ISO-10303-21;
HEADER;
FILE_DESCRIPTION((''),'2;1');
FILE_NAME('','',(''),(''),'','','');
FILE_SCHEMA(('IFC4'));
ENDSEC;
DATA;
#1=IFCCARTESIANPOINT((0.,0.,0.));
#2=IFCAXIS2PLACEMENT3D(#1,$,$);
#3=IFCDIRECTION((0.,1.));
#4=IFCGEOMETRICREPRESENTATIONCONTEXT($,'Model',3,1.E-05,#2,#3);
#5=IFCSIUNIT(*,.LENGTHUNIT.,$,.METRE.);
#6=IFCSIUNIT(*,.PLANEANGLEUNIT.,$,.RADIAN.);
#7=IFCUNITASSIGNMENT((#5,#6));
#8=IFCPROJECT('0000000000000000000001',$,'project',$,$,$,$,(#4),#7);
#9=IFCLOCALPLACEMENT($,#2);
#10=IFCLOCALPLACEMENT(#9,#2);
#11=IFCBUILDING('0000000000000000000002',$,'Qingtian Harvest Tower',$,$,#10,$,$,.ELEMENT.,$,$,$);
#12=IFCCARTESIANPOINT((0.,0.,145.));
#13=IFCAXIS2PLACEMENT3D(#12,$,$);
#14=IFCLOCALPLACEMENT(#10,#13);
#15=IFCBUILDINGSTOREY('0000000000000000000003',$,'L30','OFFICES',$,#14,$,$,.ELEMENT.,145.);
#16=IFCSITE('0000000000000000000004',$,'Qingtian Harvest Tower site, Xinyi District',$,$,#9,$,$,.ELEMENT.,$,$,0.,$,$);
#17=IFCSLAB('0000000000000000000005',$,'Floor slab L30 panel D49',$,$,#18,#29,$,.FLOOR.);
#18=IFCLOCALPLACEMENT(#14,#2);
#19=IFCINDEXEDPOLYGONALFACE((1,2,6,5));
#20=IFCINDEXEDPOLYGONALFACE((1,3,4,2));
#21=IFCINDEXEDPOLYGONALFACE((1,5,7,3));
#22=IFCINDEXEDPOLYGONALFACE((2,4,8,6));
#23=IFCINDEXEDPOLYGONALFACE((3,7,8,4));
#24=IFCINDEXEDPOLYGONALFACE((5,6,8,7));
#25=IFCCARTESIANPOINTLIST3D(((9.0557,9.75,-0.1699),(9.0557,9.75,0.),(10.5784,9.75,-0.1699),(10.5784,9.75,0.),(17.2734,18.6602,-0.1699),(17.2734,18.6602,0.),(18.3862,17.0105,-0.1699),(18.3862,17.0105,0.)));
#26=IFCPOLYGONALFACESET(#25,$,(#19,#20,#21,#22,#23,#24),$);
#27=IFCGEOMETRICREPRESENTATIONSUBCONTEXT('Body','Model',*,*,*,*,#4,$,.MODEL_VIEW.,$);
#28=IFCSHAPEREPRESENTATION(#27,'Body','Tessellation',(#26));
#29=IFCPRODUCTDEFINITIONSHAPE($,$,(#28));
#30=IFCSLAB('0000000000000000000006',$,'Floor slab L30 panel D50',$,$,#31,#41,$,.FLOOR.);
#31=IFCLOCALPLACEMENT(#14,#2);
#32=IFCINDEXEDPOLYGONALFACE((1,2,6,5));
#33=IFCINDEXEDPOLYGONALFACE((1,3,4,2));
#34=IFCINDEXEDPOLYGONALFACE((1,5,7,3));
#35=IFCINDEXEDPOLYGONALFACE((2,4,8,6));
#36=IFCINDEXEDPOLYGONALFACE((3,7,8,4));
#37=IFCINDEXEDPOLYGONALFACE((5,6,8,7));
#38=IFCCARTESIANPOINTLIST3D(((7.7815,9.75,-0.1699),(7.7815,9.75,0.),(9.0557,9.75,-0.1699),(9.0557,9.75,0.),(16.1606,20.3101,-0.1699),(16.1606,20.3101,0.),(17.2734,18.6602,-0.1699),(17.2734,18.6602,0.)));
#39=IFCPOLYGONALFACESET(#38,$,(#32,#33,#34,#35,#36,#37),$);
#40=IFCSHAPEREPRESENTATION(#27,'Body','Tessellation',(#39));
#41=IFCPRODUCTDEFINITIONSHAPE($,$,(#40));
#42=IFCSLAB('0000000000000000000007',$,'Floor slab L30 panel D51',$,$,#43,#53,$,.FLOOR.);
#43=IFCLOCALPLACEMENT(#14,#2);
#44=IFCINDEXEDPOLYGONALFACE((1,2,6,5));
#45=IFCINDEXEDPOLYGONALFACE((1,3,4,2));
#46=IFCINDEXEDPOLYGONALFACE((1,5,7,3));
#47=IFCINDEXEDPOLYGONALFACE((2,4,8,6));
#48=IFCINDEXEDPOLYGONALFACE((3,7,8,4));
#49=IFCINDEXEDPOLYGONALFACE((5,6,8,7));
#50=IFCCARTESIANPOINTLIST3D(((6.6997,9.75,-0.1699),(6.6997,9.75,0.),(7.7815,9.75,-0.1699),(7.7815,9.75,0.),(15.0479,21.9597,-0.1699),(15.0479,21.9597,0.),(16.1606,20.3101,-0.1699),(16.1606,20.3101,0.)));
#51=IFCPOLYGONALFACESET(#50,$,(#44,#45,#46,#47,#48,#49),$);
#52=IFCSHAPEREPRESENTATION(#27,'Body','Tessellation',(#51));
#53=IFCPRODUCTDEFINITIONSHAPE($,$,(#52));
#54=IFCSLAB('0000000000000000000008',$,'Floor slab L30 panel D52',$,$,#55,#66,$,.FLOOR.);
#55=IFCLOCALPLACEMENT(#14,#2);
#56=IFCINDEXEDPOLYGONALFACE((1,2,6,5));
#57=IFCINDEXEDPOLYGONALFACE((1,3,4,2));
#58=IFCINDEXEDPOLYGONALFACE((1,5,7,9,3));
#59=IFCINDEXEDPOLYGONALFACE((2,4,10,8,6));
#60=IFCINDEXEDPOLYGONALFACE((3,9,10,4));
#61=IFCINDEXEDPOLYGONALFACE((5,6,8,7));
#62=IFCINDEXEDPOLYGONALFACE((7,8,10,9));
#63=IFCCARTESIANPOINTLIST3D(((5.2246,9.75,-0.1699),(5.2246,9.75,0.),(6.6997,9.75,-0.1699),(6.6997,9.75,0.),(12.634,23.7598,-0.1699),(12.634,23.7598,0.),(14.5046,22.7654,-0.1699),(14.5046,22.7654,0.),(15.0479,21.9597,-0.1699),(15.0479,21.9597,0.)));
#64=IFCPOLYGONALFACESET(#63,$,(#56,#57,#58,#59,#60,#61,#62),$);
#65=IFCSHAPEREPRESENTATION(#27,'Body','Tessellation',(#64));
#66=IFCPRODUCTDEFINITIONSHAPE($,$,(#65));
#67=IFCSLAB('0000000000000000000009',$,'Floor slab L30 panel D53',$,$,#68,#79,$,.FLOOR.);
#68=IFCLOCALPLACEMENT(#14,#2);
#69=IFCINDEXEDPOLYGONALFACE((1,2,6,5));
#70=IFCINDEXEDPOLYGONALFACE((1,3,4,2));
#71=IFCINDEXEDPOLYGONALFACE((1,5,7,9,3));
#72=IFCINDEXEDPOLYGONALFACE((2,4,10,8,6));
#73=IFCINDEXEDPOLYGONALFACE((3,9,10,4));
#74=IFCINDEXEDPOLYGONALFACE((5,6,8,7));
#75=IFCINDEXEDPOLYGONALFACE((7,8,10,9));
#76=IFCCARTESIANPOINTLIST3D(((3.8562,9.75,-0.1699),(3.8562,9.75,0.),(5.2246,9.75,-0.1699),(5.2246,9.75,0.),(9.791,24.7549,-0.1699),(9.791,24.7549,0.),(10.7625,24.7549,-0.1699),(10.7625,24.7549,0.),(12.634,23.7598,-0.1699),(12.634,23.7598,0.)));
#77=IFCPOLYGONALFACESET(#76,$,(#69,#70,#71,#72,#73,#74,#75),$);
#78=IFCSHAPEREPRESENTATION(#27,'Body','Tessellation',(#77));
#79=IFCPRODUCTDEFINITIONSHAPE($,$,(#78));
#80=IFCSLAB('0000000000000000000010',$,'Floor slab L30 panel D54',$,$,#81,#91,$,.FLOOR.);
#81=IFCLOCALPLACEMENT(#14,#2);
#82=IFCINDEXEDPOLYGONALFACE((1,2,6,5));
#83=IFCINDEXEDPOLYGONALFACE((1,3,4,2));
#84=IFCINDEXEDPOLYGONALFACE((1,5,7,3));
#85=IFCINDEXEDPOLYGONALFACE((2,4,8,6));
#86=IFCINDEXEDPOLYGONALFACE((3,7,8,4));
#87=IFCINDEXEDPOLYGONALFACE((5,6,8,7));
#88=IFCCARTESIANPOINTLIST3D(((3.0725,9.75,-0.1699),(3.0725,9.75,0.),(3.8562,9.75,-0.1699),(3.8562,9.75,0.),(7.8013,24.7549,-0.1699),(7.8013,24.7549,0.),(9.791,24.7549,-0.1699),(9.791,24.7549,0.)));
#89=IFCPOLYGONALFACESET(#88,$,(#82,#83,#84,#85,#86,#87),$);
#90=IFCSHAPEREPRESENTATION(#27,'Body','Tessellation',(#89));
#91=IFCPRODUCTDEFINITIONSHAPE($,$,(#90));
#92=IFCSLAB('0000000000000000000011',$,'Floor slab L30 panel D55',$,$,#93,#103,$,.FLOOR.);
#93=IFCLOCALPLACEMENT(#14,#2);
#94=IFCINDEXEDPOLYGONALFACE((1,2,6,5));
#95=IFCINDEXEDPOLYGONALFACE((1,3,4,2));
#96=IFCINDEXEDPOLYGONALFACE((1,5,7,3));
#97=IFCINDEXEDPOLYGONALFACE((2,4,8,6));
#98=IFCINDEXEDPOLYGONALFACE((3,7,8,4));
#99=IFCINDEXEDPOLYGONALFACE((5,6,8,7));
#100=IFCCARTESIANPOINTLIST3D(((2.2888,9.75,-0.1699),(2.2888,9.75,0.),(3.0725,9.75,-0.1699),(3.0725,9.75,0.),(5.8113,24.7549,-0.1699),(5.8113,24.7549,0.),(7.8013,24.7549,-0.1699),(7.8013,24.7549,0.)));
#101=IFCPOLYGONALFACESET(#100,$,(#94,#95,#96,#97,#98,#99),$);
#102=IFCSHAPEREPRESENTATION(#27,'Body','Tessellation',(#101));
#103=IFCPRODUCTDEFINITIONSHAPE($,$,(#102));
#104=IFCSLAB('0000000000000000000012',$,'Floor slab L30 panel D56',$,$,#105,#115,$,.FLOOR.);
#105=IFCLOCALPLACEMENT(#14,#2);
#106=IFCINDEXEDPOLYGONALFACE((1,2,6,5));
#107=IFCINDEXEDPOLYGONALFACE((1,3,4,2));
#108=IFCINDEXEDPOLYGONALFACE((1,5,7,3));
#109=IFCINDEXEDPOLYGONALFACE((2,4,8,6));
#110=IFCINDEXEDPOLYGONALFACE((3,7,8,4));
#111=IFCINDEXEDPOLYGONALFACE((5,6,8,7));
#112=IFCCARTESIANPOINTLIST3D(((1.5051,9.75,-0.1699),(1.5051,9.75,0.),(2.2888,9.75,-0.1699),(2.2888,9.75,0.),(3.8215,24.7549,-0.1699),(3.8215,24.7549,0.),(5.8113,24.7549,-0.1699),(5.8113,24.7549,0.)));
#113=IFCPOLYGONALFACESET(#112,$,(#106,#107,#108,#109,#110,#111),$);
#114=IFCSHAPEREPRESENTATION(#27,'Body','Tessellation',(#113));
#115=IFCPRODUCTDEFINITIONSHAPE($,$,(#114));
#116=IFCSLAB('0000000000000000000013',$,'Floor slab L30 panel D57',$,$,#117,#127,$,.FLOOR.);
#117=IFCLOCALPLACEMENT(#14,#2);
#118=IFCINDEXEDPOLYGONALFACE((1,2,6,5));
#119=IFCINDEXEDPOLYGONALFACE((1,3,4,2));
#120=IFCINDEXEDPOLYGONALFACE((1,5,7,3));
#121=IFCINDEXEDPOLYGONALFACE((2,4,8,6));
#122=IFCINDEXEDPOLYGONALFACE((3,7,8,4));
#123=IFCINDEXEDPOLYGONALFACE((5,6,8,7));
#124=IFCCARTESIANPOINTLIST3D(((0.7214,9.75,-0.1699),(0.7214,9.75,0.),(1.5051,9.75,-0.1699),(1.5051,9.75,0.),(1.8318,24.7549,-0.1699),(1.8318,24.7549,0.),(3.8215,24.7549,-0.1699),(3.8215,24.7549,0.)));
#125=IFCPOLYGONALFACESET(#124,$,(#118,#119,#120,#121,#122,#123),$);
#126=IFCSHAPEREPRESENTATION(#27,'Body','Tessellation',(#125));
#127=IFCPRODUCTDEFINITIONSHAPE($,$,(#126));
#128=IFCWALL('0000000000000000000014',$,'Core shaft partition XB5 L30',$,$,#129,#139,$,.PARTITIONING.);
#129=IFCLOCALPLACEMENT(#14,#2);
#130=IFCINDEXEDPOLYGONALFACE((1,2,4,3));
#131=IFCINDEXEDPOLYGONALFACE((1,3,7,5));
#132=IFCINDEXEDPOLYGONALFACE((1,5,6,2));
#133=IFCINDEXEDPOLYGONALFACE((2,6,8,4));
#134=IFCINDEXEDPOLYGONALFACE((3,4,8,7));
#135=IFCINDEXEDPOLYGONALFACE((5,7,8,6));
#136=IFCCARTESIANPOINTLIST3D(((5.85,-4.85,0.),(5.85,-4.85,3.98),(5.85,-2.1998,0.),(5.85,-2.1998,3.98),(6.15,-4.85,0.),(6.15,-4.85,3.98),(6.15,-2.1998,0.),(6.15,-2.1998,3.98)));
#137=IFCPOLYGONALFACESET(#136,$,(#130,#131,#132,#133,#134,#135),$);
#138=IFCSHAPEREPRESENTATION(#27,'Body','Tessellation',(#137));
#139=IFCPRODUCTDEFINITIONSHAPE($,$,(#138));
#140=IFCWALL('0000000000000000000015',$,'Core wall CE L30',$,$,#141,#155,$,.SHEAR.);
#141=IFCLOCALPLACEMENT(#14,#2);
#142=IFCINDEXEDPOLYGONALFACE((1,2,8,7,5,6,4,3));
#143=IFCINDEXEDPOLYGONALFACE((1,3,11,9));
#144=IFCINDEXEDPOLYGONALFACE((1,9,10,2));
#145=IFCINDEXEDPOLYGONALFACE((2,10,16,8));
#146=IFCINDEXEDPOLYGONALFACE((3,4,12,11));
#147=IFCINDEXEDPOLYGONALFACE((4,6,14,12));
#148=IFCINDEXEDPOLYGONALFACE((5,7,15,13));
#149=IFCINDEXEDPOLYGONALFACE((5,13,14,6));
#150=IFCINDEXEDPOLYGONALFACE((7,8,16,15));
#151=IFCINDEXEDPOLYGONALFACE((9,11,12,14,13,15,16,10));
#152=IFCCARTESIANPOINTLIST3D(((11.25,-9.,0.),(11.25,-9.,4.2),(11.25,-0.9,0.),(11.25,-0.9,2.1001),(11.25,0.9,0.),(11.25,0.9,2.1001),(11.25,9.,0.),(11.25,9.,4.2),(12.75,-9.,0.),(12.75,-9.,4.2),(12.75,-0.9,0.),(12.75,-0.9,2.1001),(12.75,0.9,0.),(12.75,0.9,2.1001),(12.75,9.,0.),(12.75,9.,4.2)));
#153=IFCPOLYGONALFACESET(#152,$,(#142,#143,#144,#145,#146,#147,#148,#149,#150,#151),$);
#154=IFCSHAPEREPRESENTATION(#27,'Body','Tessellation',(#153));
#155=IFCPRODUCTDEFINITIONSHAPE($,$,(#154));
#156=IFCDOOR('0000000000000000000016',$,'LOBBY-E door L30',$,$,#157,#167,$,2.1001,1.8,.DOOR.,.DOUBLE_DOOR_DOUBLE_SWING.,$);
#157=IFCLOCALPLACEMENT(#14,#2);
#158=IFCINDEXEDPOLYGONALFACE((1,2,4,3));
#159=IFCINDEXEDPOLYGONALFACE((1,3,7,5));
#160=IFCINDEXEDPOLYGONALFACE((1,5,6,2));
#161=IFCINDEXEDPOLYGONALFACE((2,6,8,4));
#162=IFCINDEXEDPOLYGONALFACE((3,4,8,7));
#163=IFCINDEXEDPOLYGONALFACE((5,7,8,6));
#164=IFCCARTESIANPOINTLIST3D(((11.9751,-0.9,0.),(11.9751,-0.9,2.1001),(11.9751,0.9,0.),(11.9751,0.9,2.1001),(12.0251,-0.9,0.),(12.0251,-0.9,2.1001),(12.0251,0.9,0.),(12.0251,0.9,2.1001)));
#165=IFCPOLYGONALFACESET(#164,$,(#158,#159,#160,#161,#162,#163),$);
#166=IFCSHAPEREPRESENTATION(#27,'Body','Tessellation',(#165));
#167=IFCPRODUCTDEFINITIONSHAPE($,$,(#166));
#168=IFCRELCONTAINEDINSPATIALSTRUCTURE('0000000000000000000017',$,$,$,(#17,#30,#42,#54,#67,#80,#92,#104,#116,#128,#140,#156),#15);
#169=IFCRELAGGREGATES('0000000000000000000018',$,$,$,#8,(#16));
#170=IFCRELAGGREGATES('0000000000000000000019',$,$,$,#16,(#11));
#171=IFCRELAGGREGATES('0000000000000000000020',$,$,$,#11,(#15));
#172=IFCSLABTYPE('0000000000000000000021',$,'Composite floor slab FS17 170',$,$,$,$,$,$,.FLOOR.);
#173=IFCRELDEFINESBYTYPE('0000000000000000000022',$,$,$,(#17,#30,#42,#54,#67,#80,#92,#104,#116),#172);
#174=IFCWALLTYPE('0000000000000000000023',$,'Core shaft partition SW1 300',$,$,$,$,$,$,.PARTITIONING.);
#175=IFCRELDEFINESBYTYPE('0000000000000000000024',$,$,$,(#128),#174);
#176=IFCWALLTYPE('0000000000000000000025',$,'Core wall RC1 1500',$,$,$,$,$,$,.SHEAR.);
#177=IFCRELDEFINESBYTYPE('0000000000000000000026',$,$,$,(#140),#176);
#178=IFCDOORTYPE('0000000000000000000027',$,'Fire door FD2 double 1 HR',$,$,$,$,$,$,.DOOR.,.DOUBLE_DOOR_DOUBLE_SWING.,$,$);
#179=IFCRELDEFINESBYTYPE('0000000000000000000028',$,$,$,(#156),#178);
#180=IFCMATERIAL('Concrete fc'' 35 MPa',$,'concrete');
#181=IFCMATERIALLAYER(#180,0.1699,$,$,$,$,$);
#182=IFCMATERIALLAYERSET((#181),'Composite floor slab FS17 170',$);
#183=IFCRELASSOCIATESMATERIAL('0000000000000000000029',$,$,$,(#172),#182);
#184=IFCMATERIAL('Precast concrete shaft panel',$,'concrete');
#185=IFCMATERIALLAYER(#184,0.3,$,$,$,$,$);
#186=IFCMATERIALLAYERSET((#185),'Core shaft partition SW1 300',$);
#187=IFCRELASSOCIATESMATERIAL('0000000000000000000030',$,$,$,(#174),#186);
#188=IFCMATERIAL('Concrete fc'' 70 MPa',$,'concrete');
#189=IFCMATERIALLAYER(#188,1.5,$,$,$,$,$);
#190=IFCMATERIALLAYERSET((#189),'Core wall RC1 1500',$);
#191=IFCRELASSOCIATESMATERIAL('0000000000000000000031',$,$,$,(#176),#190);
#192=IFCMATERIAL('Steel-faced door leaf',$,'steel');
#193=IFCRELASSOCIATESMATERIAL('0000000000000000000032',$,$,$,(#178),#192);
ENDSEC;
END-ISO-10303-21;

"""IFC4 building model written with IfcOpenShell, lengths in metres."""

from ifc_helpers import new_model, si_unit, direction, frame, frame_2d, origin, place, context, subcontext, project, spatial, polyline, rectangle, outline, extrude, material, layer, layer_set, type_object, element, fill, save


model = new_model("IFC4")

# Units and contexts
model_context = context("Model", 3, precision=1e-05, world=origin(), true_north=direction((0.0, 1.0)))
body_context = subcontext(model_context, "Body", "Model", "MODEL_VIEW")
ifc_project = project(units=[si_unit("LENGTHUNIT", "METRE"), si_unit("PLANEANGLEUNIT", "RADIAN")], contexts=[model_context])

# Site, building, storey
site_placement = place(None, origin())
site = spatial("IfcSite", under=ifc_project, at=site_placement, Name="Qingtian Harvest Tower site, Xinyi District", CompositionType="ELEMENT", RefElevation=0.0)
building_placement = place(site_placement, origin())
building = spatial("IfcBuilding", under=site, at=building_placement, Name="Qingtian Harvest Tower", CompositionType="ELEMENT")
storey_placement = place(building_placement, frame((0.0, 0.0, 145.0)))
storey = spatial("IfcBuildingStorey", under=building, at=storey_placement, Name="L30", Description="OFFICES", CompositionType="ELEMENT", Elevation=145.0)

# Slabs
ifc_material_1 = material(Name="Concrete fc' 35 MPa", Category="concrete")
ifc_layer_1 = layer(ifc_material_1, 0.1699)
ifc_layer_set_1 = layer_set([ifc_layer_1], Name="Composite floor slab FS17 170")
slab_type = type_object("IfcSlabType", Name="Composite floor slab FS17 170", PredefinedType="FLOOR", material=ifc_layer_set_1)
slab_1_placement = place(storey_placement, frame((0.0, 0.0, -0.1699)))
element("IfcSlab", 1, at=slab_1_placement, inside=storey, type_object=slab_type, Name="Floor slab L30 panel D49", PredefinedType="FLOOR", context=body_context, shape_type="SweptSolid", body=[
    extrude(outline(polyline([(9.0557, 9.75), (17.2734, 18.6602), (18.3862, 17.0105), (10.5784, 9.75), (9.0557, 9.75)])), origin(), (0.0, 0.0, 1.0), 0.1699),
])
slab_2_placement = place(storey_placement, frame((0.0, 0.0, -0.1699)))
element("IfcSlab", 2, at=slab_2_placement, inside=storey, type_object=slab_type, Name="Floor slab L30 panel D50", PredefinedType="FLOOR", context=body_context, shape_type="SweptSolid", body=[
    extrude(outline(polyline([(7.7815, 9.75), (16.1606, 20.3101), (17.2734, 18.6602), (9.0557, 9.75), (7.7815, 9.75)])), origin(), (0.0, 0.0, 1.0), 0.1699),
])
slab_3_placement = place(storey_placement, frame((0.0, 0.0, -0.1699)))
element("IfcSlab", 3, at=slab_3_placement, inside=storey, type_object=slab_type, Name="Floor slab L30 panel D51", PredefinedType="FLOOR", context=body_context, shape_type="SweptSolid", body=[
    extrude(outline(polyline([(6.6997, 9.75), (15.0479, 21.9597), (16.1606, 20.3101), (7.7815, 9.75), (6.6997, 9.75)])), origin(), (0.0, 0.0, 1.0), 0.1699),
])
slab_4_placement = place(storey_placement, frame((0.0, 0.0, -0.1699)))
element("IfcSlab", 4, at=slab_4_placement, inside=storey, type_object=slab_type, Name="Floor slab L30 panel D52", PredefinedType="FLOOR", context=body_context, shape_type="SweptSolid", body=[
    extrude(outline(polyline([(6.6997, 9.75), (5.2246, 9.75), (12.634, 23.7598), (14.5046, 22.7654), (15.0479, 21.9597), (6.6997, 9.75)])), origin(), (0.0, 0.0, 1.0), 0.1699),
])
slab_5_placement = place(storey_placement, frame((0.0, 0.0, -0.1699)))
element("IfcSlab", 5, at=slab_5_placement, inside=storey, type_object=slab_type, Name="Floor slab L30 panel D53", PredefinedType="FLOOR", context=body_context, shape_type="SweptSolid", body=[
    extrude(outline(polyline([(3.8562, 9.75), (9.791, 24.7549), (10.7625, 24.7549), (12.634, 23.7598), (5.2246, 9.75), (3.8562, 9.75)])), origin(), (0.0, 0.0, 1.0), 0.1699),
])
slab_6_placement = place(storey_placement, frame((0.0, 0.0, -0.1699)))
element("IfcSlab", 6, at=slab_6_placement, inside=storey, type_object=slab_type, Name="Floor slab L30 panel D54", PredefinedType="FLOOR", context=body_context, shape_type="SweptSolid", body=[
    extrude(outline(polyline([(3.0725, 9.75), (7.8013, 24.7549), (9.791, 24.7549), (3.8562, 9.75), (3.0725, 9.75)])), origin(), (0.0, 0.0, 1.0), 0.1699),
])
slab_7_placement = place(storey_placement, frame((0.0, 0.0, -0.1699)))
element("IfcSlab", 7, at=slab_7_placement, inside=storey, type_object=slab_type, Name="Floor slab L30 panel D55", PredefinedType="FLOOR", context=body_context, shape_type="SweptSolid", body=[
    extrude(outline(polyline([(2.2888, 9.75), (5.8113, 24.7549), (7.8013, 24.7549), (3.0725, 9.75), (2.2888, 9.75)])), origin(), (0.0, 0.0, 1.0), 0.1699),
])
slab_8_placement = place(storey_placement, frame((0.0, 0.0, -0.1699)))
element("IfcSlab", 8, at=slab_8_placement, inside=storey, type_object=slab_type, Name="Floor slab L30 panel D56", PredefinedType="FLOOR", context=body_context, shape_type="SweptSolid", body=[
    extrude(outline(polyline([(1.5051, 9.75), (3.8215, 24.7549), (5.8113, 24.7549), (2.2888, 9.75), (1.5051, 9.75)])), origin(), (0.0, 0.0, 1.0), 0.1699),
])
slab_9_placement = place(storey_placement, frame((0.0, 0.0, -0.1699)))
element("IfcSlab", 9, at=slab_9_placement, inside=storey, type_object=slab_type, Name="Floor slab L30 panel D57", PredefinedType="FLOOR", context=body_context, shape_type="SweptSolid", body=[
    extrude(outline(polyline([(0.7214, 9.75), (1.8318, 24.7549), (3.8215, 24.7549), (1.5051, 9.75), (0.7214, 9.75)])), origin(), (0.0, 0.0, 1.0), 0.1699),
])

# Wall
ifc_material_2 = material(Name="Precast concrete shaft panel", Category="concrete")
ifc_layer_2 = layer(ifc_material_2, 0.3)
ifc_layer_set_2 = layer_set([ifc_layer_2], Name="Core shaft partition SW1 300")
wall_type_1 = type_object("IfcWallType", Name="Core shaft partition SW1 300", PredefinedType="PARTITIONING", material=ifc_layer_set_2)
wall_1_placement = place(storey_placement, frame((6.0, -4.8501, 0.0), z_axis=(0.0, 0.0, 1.0), x_axis=(0.0, 1.0, 0.0)))
element("IfcWall", 10, at=wall_1_placement, inside=storey, type_object=wall_type_1, Name="Core shaft partition XB5 L30", PredefinedType="PARTITIONING", context=body_context, shape_type="SweptSolid", body=[
    extrude(rectangle(XDim=2.6501, YDim=0.3, at=frame_2d((1.3252, 0.0))), origin(), (0.0, 0.0, 1.0), 3.98),
])

# Wall, opening, door
ifc_material_3 = material(Name="Concrete fc' 70 MPa", Category="concrete")
ifc_layer_3 = layer(ifc_material_3, 1.5)
ifc_layer_set_3 = layer_set([ifc_layer_3], Name="Core wall RC1 1500")
wall_type_2 = type_object("IfcWallType", Name="Core wall RC1 1500", PredefinedType="SHEAR", material=ifc_layer_set_3)
wall_2_placement = place(storey_placement, frame((12.0, -9.0, 0.0), z_axis=(0.0, 0.0, 1.0), x_axis=(0.0, 1.0, 0.0)))
wall_2 = element("IfcWall", 11, at=wall_2_placement, inside=storey, type_object=wall_type_2, Name="Core wall CE L30", PredefinedType="SHEAR", context=body_context, shape_type="SweptSolid", body=[
    extrude(rectangle(XDim=18.0, YDim=1.5, at=frame_2d((9.0, 0.0))), origin(), (0.0, 0.0, 1.0), 4.2),
])
opening_placement = place(wall_2_placement, frame((8.1001, 0.0, 0.0)))
opening = element("IfcOpeningElement", 12, at=opening_placement, cuts=wall_2, PredefinedType="OPENING", context=body_context, shape_type="SweptSolid", body=[
    extrude(rectangle(XDim=1.8, YDim=2.1001, at=frame_2d((0.8999, 1.05))), frame((0.0, 0.76, 0.0), z_axis=(0.0, -1.0, 0.0), x_axis=(1.0, 0.0, 0.0)), (0.0, 0.0, 1.0), 1.52),
])
ifc_material_4 = material(Name="Steel-faced door leaf", Category="steel")
door_type = type_object("IfcDoorType", Name="Fire door FD2 double 1 HR", OperationType="DOUBLE_DOOR_DOUBLE_SWING", PredefinedType="DOOR", material=ifc_material_4)
door_placement = place(opening_placement, origin())
door = element("IfcDoor", 13, at=door_placement, inside=storey, type_object=door_type, Name="LOBBY-E door L30", OperationType="DOUBLE_DOOR_DOUBLE_SWING", OverallHeight=2.1001, OverallWidth=1.8, PredefinedType="DOOR", context=body_context, shape_type="SweptSolid", body=[
    extrude(rectangle(XDim=1.8, YDim=2.1001, at=frame_2d((0.8999, 1.05))), frame((0.0, 0.0249, 0.0), z_axis=(0.0, -1.0, 0.0), x_axis=(1.0, 0.0, 0.0)), (0.0, 0.0, 1.0), 0.05),
])
fill(opening, door)

save(model, "model.ifc")
